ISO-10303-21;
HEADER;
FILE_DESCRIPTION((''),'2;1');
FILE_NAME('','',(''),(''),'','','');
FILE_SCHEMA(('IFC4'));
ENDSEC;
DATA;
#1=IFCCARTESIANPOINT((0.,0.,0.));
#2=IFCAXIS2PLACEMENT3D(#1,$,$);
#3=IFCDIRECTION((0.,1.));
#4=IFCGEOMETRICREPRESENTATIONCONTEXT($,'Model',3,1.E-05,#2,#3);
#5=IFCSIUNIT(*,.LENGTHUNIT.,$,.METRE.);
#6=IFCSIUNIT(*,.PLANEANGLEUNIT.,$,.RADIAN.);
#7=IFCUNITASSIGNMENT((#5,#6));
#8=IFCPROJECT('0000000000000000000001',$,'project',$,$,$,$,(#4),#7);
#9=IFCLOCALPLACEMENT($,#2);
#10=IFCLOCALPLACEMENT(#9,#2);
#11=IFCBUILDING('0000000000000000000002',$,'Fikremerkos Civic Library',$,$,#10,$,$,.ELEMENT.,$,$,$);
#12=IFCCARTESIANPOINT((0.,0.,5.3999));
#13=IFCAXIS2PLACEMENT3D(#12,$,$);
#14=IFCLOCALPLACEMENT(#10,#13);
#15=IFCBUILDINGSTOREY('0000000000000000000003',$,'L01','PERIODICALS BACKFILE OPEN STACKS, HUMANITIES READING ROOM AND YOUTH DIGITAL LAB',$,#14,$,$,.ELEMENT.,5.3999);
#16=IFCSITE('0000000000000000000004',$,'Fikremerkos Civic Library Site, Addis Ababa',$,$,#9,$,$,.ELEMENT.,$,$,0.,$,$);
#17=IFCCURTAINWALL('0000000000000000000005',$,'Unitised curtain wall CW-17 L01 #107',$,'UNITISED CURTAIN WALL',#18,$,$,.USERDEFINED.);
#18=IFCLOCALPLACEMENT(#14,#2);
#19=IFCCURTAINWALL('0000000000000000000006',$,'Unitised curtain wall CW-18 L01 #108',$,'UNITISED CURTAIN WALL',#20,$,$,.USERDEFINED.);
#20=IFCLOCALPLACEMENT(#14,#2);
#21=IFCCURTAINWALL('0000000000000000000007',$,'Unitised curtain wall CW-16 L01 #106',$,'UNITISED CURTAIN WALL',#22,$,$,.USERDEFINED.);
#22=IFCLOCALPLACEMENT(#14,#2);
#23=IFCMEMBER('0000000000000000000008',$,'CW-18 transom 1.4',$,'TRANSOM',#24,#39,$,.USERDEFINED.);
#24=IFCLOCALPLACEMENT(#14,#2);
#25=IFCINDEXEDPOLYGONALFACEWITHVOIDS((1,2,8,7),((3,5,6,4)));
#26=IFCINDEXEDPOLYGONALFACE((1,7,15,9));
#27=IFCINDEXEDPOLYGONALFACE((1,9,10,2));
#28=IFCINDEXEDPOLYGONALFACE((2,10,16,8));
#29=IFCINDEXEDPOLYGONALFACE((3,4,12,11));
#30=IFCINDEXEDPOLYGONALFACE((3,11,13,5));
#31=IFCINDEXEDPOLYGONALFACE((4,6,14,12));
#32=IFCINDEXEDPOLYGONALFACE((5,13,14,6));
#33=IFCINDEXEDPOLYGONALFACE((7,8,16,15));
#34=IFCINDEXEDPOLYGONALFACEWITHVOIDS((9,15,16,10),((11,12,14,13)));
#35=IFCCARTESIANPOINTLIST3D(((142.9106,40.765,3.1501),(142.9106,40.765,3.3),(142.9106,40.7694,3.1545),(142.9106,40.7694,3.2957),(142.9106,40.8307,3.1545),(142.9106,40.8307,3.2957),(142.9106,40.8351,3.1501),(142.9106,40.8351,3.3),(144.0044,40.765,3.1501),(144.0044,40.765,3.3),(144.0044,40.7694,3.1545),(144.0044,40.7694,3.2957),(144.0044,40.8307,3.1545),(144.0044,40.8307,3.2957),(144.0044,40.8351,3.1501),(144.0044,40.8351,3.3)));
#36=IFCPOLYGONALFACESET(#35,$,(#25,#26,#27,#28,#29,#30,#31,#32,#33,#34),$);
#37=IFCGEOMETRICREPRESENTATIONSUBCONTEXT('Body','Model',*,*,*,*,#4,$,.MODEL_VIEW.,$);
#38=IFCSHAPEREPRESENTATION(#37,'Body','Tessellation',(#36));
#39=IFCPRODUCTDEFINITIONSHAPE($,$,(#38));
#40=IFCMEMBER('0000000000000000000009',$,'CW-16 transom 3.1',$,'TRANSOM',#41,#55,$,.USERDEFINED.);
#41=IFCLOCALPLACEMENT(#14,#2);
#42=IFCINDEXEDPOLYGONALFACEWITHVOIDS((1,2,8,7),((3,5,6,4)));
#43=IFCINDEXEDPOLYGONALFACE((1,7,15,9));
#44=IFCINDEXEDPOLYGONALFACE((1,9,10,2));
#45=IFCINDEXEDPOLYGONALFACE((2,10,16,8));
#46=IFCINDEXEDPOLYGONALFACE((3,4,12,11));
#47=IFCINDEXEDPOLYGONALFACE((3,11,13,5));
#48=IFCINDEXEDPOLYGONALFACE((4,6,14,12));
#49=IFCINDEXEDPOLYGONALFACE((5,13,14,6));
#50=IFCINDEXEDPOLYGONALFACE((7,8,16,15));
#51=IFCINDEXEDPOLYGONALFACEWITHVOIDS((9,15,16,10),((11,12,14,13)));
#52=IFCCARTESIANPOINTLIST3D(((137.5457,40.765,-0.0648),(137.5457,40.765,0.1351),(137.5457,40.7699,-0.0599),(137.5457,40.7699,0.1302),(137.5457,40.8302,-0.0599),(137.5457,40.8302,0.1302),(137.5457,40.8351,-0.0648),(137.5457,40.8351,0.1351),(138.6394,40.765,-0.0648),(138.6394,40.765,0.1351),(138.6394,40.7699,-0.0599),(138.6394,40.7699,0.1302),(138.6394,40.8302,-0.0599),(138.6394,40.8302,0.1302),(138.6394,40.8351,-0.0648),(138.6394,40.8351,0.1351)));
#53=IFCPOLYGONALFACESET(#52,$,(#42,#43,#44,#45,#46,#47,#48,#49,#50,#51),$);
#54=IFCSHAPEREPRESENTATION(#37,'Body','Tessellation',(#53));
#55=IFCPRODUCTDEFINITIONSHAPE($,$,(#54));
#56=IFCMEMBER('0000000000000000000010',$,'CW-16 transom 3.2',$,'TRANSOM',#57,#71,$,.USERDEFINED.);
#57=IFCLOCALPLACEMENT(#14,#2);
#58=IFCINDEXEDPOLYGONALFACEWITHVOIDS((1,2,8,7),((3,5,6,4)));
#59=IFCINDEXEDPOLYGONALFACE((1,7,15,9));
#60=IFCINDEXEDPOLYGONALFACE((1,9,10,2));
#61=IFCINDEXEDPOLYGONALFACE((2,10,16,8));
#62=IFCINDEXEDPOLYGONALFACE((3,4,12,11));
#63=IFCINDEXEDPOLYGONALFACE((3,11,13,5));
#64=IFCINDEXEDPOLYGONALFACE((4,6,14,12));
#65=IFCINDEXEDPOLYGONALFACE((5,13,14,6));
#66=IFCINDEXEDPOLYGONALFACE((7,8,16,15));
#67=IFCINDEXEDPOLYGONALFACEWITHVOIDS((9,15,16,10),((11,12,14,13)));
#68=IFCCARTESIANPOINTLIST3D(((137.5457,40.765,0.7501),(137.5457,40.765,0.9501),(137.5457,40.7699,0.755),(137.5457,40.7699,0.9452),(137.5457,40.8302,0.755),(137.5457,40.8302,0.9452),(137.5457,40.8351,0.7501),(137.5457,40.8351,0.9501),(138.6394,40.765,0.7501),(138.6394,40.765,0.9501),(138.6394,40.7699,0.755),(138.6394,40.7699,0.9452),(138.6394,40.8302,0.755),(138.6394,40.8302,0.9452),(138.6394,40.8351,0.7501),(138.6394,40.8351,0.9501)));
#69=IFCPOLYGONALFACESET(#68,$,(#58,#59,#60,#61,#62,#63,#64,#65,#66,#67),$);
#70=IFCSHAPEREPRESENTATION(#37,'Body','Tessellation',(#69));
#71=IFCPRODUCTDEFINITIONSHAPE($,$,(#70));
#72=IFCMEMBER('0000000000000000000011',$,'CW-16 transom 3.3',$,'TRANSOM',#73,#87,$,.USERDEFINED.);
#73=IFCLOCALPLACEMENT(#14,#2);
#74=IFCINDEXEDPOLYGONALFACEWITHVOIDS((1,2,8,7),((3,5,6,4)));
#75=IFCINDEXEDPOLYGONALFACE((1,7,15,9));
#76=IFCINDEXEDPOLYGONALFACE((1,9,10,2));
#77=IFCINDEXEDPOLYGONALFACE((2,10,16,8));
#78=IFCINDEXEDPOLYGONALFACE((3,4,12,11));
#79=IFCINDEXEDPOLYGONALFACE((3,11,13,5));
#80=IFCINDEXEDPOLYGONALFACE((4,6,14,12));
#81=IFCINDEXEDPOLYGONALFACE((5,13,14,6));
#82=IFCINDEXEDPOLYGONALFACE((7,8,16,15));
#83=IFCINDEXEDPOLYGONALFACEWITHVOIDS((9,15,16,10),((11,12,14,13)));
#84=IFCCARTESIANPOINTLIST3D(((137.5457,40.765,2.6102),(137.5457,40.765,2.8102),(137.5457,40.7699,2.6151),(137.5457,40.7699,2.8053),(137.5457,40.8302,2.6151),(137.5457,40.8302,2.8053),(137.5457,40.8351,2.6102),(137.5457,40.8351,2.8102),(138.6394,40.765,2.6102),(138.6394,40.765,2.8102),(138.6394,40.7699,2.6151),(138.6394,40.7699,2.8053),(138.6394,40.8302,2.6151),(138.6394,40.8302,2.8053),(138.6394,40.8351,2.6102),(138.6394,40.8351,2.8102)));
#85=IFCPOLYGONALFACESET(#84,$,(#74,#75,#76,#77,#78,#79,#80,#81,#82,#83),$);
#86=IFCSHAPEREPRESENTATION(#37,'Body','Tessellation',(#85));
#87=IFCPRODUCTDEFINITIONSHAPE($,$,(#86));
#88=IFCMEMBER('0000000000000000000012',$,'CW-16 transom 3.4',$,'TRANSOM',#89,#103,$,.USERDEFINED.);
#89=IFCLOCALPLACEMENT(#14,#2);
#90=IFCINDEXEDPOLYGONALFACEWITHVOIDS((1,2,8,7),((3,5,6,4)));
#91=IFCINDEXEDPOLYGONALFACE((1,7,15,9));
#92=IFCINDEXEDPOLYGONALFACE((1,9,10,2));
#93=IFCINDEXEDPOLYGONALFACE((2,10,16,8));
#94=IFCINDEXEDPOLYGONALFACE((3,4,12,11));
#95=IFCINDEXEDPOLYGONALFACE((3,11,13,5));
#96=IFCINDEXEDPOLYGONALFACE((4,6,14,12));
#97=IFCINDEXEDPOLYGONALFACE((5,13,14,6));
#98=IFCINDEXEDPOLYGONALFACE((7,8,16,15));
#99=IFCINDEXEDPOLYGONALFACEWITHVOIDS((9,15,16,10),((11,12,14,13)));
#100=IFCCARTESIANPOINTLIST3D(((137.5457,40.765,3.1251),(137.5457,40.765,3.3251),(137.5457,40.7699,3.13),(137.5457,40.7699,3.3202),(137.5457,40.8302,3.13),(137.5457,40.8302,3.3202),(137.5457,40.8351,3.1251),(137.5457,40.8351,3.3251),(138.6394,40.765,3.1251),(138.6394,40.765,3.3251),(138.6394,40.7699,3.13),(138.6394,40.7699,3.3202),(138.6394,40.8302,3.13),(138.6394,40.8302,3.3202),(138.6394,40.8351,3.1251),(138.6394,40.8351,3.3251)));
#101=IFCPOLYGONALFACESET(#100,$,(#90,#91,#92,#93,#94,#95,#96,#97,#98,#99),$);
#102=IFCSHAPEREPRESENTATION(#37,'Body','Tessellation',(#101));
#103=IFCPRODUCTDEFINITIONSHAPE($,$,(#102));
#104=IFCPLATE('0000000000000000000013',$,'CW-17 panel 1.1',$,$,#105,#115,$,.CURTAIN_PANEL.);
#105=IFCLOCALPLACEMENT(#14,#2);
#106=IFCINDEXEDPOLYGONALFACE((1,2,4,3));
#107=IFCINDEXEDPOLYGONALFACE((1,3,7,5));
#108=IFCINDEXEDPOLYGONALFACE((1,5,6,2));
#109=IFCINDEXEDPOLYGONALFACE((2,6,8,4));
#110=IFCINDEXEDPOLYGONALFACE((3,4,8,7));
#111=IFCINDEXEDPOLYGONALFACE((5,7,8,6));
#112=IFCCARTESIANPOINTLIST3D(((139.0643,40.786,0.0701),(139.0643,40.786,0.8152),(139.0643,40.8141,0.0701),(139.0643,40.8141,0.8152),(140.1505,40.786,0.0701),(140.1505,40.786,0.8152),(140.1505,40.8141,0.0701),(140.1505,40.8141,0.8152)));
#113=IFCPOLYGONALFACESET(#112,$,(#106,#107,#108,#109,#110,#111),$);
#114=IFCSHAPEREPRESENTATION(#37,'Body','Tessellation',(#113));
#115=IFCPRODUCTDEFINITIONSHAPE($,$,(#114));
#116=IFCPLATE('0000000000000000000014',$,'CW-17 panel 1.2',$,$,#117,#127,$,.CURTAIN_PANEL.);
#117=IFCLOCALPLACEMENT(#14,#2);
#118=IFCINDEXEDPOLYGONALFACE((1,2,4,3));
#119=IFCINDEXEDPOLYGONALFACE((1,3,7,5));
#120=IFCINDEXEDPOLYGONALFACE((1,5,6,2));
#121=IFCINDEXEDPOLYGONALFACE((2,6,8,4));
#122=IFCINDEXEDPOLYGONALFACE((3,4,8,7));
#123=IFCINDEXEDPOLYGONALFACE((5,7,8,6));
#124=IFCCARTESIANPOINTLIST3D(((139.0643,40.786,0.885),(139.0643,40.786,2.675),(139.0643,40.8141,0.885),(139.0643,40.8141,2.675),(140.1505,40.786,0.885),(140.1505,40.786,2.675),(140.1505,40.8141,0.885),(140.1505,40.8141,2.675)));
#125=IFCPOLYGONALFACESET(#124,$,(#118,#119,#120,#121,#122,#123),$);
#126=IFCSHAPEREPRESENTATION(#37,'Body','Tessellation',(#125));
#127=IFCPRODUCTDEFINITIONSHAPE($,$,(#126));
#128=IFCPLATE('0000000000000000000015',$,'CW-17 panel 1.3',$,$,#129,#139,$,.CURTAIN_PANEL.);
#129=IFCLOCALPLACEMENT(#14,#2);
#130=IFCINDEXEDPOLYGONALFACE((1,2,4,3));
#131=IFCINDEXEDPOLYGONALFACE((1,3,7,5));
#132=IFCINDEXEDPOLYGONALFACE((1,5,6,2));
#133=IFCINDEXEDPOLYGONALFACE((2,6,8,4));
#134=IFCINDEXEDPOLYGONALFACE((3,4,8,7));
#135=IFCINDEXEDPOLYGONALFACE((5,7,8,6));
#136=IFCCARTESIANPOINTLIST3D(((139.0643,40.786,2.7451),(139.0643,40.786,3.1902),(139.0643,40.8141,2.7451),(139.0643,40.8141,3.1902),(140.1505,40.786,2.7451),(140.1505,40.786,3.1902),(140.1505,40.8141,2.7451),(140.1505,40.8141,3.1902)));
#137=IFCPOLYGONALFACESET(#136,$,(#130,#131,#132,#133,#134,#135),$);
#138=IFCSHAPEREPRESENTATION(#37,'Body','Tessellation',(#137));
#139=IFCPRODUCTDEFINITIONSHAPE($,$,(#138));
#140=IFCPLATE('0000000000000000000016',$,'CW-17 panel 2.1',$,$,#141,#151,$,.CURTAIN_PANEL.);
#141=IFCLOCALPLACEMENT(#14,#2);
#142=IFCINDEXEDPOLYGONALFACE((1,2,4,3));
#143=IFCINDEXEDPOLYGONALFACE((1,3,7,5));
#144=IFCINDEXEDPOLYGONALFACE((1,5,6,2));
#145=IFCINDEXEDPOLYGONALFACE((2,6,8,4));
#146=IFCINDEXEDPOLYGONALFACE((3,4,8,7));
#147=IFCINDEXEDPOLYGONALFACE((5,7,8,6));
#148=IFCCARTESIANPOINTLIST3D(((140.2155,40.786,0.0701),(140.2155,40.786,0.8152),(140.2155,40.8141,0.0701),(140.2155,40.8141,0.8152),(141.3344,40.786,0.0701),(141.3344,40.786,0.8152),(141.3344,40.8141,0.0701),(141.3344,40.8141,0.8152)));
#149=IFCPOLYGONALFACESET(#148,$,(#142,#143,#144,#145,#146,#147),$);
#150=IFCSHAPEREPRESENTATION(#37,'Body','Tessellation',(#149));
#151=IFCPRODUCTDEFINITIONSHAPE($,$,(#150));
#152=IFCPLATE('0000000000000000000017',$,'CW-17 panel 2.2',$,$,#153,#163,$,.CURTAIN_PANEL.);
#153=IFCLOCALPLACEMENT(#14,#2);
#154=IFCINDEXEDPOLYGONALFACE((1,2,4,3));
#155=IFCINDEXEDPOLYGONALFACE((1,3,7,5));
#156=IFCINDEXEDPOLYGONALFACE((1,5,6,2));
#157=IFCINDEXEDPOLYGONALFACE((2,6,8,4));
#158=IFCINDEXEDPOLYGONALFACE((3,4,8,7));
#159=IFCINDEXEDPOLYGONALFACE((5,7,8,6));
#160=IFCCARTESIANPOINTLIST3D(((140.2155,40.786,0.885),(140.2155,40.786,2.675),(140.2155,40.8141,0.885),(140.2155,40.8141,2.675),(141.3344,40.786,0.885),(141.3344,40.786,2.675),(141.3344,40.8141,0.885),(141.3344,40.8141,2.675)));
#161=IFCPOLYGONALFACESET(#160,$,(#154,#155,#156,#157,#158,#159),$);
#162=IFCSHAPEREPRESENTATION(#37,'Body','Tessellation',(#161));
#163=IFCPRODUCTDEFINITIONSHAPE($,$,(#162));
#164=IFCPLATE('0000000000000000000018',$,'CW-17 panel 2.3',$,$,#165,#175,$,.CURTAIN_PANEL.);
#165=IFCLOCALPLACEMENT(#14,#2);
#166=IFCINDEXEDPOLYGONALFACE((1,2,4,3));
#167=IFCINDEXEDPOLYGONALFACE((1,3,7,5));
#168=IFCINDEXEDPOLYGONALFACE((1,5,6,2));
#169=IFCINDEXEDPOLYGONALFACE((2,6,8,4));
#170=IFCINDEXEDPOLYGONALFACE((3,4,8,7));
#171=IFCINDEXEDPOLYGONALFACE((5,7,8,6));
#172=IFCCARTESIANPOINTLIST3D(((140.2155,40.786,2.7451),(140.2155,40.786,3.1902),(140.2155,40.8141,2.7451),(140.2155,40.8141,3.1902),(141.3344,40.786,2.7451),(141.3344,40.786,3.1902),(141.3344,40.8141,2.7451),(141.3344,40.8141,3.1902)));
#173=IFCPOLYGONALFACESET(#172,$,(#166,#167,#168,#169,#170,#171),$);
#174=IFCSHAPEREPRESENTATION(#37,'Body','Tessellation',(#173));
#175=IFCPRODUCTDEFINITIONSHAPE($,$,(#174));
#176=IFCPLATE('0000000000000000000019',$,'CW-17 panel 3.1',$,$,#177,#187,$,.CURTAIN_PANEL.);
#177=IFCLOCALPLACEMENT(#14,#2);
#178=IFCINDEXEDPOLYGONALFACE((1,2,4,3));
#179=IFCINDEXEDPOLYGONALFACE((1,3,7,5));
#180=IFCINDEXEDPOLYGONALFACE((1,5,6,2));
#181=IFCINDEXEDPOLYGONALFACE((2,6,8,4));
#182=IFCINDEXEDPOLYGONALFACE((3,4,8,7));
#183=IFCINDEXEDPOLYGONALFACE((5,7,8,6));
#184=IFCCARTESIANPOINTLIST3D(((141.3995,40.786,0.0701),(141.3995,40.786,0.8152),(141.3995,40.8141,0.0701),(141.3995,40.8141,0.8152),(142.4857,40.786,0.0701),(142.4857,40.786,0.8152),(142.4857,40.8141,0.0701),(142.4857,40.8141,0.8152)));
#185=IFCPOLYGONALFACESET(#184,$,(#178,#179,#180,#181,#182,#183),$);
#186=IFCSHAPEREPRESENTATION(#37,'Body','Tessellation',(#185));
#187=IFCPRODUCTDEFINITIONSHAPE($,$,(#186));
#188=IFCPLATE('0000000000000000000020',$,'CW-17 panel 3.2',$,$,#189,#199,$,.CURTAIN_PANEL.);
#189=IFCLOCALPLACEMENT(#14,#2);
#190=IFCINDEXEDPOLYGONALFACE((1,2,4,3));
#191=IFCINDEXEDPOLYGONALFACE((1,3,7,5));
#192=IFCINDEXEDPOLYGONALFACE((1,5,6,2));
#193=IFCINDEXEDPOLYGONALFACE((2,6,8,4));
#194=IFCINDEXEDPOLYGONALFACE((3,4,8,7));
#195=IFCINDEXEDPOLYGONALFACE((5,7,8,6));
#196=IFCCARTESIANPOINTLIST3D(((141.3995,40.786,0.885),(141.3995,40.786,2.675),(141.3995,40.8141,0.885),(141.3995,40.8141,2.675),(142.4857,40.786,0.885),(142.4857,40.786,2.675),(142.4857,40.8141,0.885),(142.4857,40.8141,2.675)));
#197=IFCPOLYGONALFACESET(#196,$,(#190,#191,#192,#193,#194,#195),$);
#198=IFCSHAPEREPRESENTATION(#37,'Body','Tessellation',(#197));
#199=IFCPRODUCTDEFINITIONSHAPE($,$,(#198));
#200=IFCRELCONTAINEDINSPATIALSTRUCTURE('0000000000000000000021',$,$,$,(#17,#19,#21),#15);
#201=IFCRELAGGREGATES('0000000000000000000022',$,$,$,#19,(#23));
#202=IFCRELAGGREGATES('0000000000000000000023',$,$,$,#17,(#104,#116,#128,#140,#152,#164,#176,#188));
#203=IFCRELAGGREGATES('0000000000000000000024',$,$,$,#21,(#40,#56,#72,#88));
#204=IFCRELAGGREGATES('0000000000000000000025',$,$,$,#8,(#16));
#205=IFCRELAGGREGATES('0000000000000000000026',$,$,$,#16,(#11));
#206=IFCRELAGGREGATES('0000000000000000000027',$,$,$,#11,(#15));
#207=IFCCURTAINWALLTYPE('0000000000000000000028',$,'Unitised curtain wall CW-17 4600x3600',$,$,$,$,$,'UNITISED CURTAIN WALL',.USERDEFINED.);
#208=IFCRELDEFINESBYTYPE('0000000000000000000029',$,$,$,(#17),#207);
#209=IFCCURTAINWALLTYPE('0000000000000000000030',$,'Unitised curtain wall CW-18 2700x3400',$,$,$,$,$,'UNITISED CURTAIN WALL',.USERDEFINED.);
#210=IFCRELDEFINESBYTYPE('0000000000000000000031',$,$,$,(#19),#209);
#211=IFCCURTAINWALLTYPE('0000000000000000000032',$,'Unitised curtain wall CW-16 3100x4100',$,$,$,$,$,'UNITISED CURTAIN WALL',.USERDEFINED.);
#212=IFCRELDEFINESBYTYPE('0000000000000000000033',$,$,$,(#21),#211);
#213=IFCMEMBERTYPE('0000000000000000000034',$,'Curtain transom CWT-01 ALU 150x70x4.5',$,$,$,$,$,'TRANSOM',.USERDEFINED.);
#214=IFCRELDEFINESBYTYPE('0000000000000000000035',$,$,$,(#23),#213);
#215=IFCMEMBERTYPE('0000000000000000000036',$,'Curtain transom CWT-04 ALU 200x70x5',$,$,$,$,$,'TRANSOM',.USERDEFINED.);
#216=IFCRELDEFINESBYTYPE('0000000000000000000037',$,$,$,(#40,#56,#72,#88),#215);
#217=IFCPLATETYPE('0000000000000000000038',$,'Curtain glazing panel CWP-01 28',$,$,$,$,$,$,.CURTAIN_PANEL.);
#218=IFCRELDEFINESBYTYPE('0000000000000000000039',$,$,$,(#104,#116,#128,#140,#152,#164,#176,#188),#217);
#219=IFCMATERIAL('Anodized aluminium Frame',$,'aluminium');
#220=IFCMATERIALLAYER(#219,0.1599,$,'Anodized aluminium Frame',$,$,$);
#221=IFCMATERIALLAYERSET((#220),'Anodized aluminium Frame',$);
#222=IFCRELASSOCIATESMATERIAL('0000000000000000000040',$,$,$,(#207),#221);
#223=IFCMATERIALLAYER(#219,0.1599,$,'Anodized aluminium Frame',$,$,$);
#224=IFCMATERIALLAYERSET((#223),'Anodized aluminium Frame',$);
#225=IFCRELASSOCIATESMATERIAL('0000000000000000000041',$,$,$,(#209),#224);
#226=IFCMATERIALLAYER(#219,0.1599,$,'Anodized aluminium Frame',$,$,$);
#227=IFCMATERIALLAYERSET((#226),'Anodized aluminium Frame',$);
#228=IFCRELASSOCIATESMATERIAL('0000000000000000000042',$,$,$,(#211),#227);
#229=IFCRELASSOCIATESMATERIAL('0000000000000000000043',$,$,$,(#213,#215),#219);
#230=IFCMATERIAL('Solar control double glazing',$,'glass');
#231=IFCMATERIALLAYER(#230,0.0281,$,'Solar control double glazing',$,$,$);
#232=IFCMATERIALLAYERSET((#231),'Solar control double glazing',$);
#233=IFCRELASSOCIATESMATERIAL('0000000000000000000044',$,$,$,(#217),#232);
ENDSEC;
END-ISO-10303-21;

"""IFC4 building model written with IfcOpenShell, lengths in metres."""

from ifc_helpers import new_model, si_unit, direction, frame, origin, origin_2d, place, context, subcontext, project, spatial, rectangle, hollow_rectangle, extrude, material, layer, layer_set, material_profile, profile_set, type_object, element, aggregate, save


model = new_model("IFC4")

# Units and contexts
model_context = context("Model", 3, precision=1e-05, world=origin(), true_north=direction((0.0, 1.0)))
body_context = subcontext(model_context, "Body", "Model", "MODEL_VIEW")
ifc_project = project(units=[si_unit("LENGTHUNIT", "METRE"), si_unit("PLANEANGLEUNIT", "RADIAN")], contexts=[model_context])

# Site, building, storey
site_placement = place(None, origin())
site = spatial("IfcSite", under=ifc_project, at=site_placement, Name="Fikremerkos Civic Library Site, Addis Ababa", CompositionType="ELEMENT", RefElevation=0.0)
building_placement = place(site_placement, origin())
building = spatial("IfcBuilding", under=site, at=building_placement, Name="Fikremerkos Civic Library", CompositionType="ELEMENT")
storey_placement = place(building_placement, frame((0.0, 0.0, 5.3999)))
storey = spatial("IfcBuildingStorey", under=building, at=storey_placement, Name="L01", Description="PERIODICALS BACKFILE OPEN STACKS, HUMANITIES READING ROOM AND YOUTH DIGITAL LAB", CompositionType="ELEMENT", Elevation=5.3999)

# Curtain wall
ifc_material_1 = material(Name="Anodized aluminium Frame", Category="aluminium")
ifc_layer_1 = layer(ifc_material_1, 0.1599, Name="Anodized aluminium Frame")
ifc_layer_set_1 = layer_set([ifc_layer_1], Name="Anodized aluminium Frame")
curtain_wall_type_1 = type_object("IfcCurtainWallType", Name="Unitised curtain wall CW-17 4600x3600", ElementType="UNITISED CURTAIN WALL", PredefinedType="USERDEFINED", material=ifc_layer_set_1)
curtain_wall_1_placement = place(storey_placement, origin())
curtain_wall_1 = element("IfcCurtainWall", 1, at=curtain_wall_1_placement, inside=storey, type_object=curtain_wall_type_1, Name="Unitised curtain wall CW-17 L01 #107", ObjectType="UNITISED CURTAIN WALL", PredefinedType="USERDEFINED")

# Curtain walls
ifc_layer_2 = layer(ifc_material_1, 0.1599, Name="Anodized aluminium Frame")
ifc_layer_set_2 = layer_set([ifc_layer_2], Name="Anodized aluminium Frame")
curtain_wall_type_2 = type_object("IfcCurtainWallType", Name="Unitised curtain wall CW-18 2700x3400", ElementType="UNITISED CURTAIN WALL", PredefinedType="USERDEFINED", material=ifc_layer_set_2)
curtain_wall_2_placement = place(storey_placement, origin())
curtain_wall_2 = element("IfcCurtainWall", 2, at=curtain_wall_2_placement, inside=storey, type_object=curtain_wall_type_2, Name="Unitised curtain wall CW-18 L01 #108", ObjectType="UNITISED CURTAIN WALL", PredefinedType="USERDEFINED")
ifc_layer_3 = layer(ifc_material_1, 0.1599, Name="Anodized aluminium Frame")
ifc_layer_set_3 = layer_set([ifc_layer_3], Name="Anodized aluminium Frame")
curtain_wall_type_3 = type_object("IfcCurtainWallType", Name="Unitised curtain wall CW-16 3100x4100", ElementType="UNITISED CURTAIN WALL", PredefinedType="USERDEFINED", material=ifc_layer_set_3)
curtain_wall_3_placement = place(storey_placement, origin())
curtain_wall_3 = element("IfcCurtainWall", 3, at=curtain_wall_3_placement, inside=storey, type_object=curtain_wall_type_3, Name="Unitised curtain wall CW-16 L01 #106", ObjectType="UNITISED CURTAIN WALL", PredefinedType="USERDEFINED")

# Members
ifc_material_profile_1 = material_profile(ifc_material_1, hollow_rectangle(XDim=0.0701, YDim=0.1499, WallThickness=0.0044, at=origin_2d()), Name="ALU 150x70x4.5")
ifc_profile_set_1 = profile_set([ifc_material_profile_1], Name="Anodized aluminium Frame")
member_type_1 = type_object("IfcMemberType", Name="Curtain transom CWT-01 ALU 150x70x4.5", ElementType="TRANSOM", PredefinedType="USERDEFINED", material=ifc_profile_set_1)
member_1_placement = place(storey_placement, frame((142.9106, 40.8, 3.2251), z_axis=(1.0, 0.0, 0.0), x_axis=(0.0, 1.0, 0.0)))
member_1 = element("IfcMember", 4, at=member_1_placement, type_object=member_type_1, Name="CW-18 transom 1.4", ObjectType="TRANSOM", PredefinedType="USERDEFINED", context=body_context, shape_type="SweptSolid", body=[
    extrude(hollow_rectangle(XDim=0.0701, YDim=0.1499, WallThickness=0.0044, at=origin_2d()), origin(), (0.0, 0.0, 1.0), 1.0938),
])
aggregate(curtain_wall_2, [member_1])
ifc_material_profile_2 = material_profile(ifc_material_1, hollow_rectangle(XDim=0.0701, YDim=0.2, WallThickness=0.0049, at=origin_2d()), Name="ALU 200x70x5")
ifc_profile_set_2 = profile_set([ifc_material_profile_2], Name="Anodized aluminium Frame")
member_type_2 = type_object("IfcMemberType", Name="Curtain transom CWT-04 ALU 200x70x5", ElementType="TRANSOM", PredefinedType="USERDEFINED", material=ifc_profile_set_2)
member_2_placement = place(storey_placement, frame((137.5457, 40.8, 0.0352), z_axis=(1.0, 0.0, 0.0), x_axis=(0.0, 1.0, 0.0)))
member_2 = element("IfcMember", 5, at=member_2_placement, type_object=member_type_2, Name="CW-16 transom 3.1", ObjectType="TRANSOM", PredefinedType="USERDEFINED", context=body_context, shape_type="SweptSolid", body=[
    extrude(hollow_rectangle(XDim=0.0701, YDim=0.2, WallThickness=0.0049, at=origin_2d()), origin(), (0.0, 0.0, 1.0), 1.0938),
])
member_3_placement = place(storey_placement, frame((137.5457, 40.8, 0.8501), z_axis=(1.0, 0.0, 0.0), x_axis=(0.0, 1.0, 0.0)))
member_3 = element("IfcMember", 6, at=member_3_placement, type_object=member_type_2, Name="CW-16 transom 3.2", ObjectType="TRANSOM", PredefinedType="USERDEFINED", context=body_context, shape_type="SweptSolid", body=[
    extrude(hollow_rectangle(XDim=0.0701, YDim=0.2, WallThickness=0.0049, at=origin_2d()), origin(), (0.0, 0.0, 1.0), 1.0938),
])
member_4_placement = place(storey_placement, frame((137.5457, 40.8, 2.7102), z_axis=(1.0, 0.0, 0.0), x_axis=(0.0, 1.0, 0.0)))
member_4 = element("IfcMember", 7, at=member_4_placement, type_object=member_type_2, Name="CW-16 transom 3.3", ObjectType="TRANSOM", PredefinedType="USERDEFINED", context=body_context, shape_type="SweptSolid", body=[
    extrude(hollow_rectangle(XDim=0.0701, YDim=0.2, WallThickness=0.0049, at=origin_2d()), origin(), (0.0, 0.0, 1.0), 1.0938),
])
member_5_placement = place(storey_placement, frame((137.5457, 40.8, 3.2251), z_axis=(1.0, 0.0, 0.0), x_axis=(0.0, 1.0, 0.0)))
member_5 = element("IfcMember", 8, at=member_5_placement, type_object=member_type_2, Name="CW-16 transom 3.4", ObjectType="TRANSOM", PredefinedType="USERDEFINED", context=body_context, shape_type="SweptSolid", body=[
    extrude(hollow_rectangle(XDim=0.0701, YDim=0.2, WallThickness=0.0049, at=origin_2d()), origin(), (0.0, 0.0, 1.0), 1.0938),
])

# Plates
ifc_material_2 = material(Name="Solar control double glazing", Category="glass")
ifc_layer_4 = layer(ifc_material_2, 0.0281, Name="Solar control double glazing")
ifc_layer_set_4 = layer_set([ifc_layer_4], Name="Solar control double glazing")
plate_type_1 = type_object("IfcPlateType", Name="Curtain glazing panel CWP-01 28", PredefinedType="CURTAIN_PANEL", material=ifc_layer_set_4)
plate_1_placement = place(storey_placement, frame((139.6074, 40.8, 0.0701), z_axis=(0.0, 0.0, 1.0), x_axis=(1.0, 0.0, 0.0)))
plate_1 = element("IfcPlate", 9, at=plate_1_placement, type_object=plate_type_1, Name="CW-17 panel 1.1", PredefinedType="CURTAIN_PANEL", context=body_context, shape_type="SweptSolid", body=[
    extrude(rectangle(XDim=1.0862, YDim=0.0281, at=origin_2d()), origin(), (0.0, 0.0, 1.0), 0.7451),
])
plate_2_placement = place(storey_placement, frame((139.6074, 40.8, 0.885), z_axis=(0.0, 0.0, 1.0), x_axis=(1.0, 0.0, 0.0)))
plate_2 = element("IfcPlate", 10, at=plate_2_placement, type_object=plate_type_1, Name="CW-17 panel 1.2", PredefinedType="CURTAIN_PANEL", context=body_context, shape_type="SweptSolid", body=[
    extrude(rectangle(XDim=1.0862, YDim=0.0281, at=origin_2d()), origin(), (0.0, 0.0, 1.0), 1.79),
])
plate_3_placement = place(storey_placement, frame((139.6074, 40.8, 2.7451), z_axis=(0.0, 0.0, 1.0), x_axis=(1.0, 0.0, 0.0)))
plate_3 = element("IfcPlate", 11, at=plate_3_placement, type_object=plate_type_1, Name="CW-17 panel 1.3", PredefinedType="CURTAIN_PANEL", context=body_context, shape_type="SweptSolid", body=[
    extrude(rectangle(XDim=1.0862, YDim=0.0281, at=origin_2d()), origin(), (0.0, 0.0, 1.0), 0.4451),
])
plate_4_placement = place(storey_placement, frame((140.7749, 40.8, 0.0701), z_axis=(0.0, 0.0, 1.0), x_axis=(1.0, 0.0, 0.0)))
plate_4 = element("IfcPlate", 12, at=plate_4_placement, type_object=plate_type_1, Name="CW-17 panel 2.1", PredefinedType="CURTAIN_PANEL", context=body_context, shape_type="SweptSolid", body=[
    extrude(rectangle(XDim=1.1189, YDim=0.0281, at=origin_2d()), origin(), (0.0, 0.0, 1.0), 0.7451),
])
plate_5_placement = place(storey_placement, frame((140.7749, 40.8, 0.885), z_axis=(0.0, 0.0, 1.0), x_axis=(1.0, 0.0, 0.0)))
plate_5 = element("IfcPlate", 13, at=plate_5_placement, type_object=plate_type_1, Name="CW-17 panel 2.2", PredefinedType="CURTAIN_PANEL", context=body_context, shape_type="SweptSolid", body=[
    extrude(rectangle(XDim=1.1189, YDim=0.0281, at=origin_2d()), origin(), (0.0, 0.0, 1.0), 1.79),
])
plate_6_placement = place(storey_placement, frame((140.7749, 40.8, 2.7451), z_axis=(0.0, 0.0, 1.0), x_axis=(1.0, 0.0, 0.0)))
plate_6 = element("IfcPlate", 14, at=plate_6_placement, type_object=plate_type_1, Name="CW-17 panel 2.3", PredefinedType="CURTAIN_PANEL", context=body_context, shape_type="SweptSolid", body=[
    extrude(rectangle(XDim=1.1189, YDim=0.0281, at=origin_2d()), origin(), (0.0, 0.0, 1.0), 0.4451),
])
plate_7_placement = place(storey_placement, frame((141.9426, 40.8, 0.0701), z_axis=(0.0, 0.0, 1.0), x_axis=(1.0, 0.0, 0.0)))
plate_7 = element("IfcPlate", 15, at=plate_7_placement, type_object=plate_type_1, Name="CW-17 panel 3.1", PredefinedType="CURTAIN_PANEL", context=body_context, shape_type="SweptSolid", body=[
    extrude(rectangle(XDim=1.0862, YDim=0.0281, at=origin_2d()), origin(), (0.0, 0.0, 1.0), 0.7451),
])
plate_8_placement = place(storey_placement, frame((141.9426, 40.8, 0.885), z_axis=(0.0, 0.0, 1.0), x_axis=(1.0, 0.0, 0.0)))
plate_8 = element("IfcPlate", 16, at=plate_8_placement, type_object=plate_type_1, Name="CW-17 panel 3.2", PredefinedType="CURTAIN_PANEL", context=body_context, shape_type="SweptSolid", body=[
    extrude(rectangle(XDim=1.0862, YDim=0.0281, at=origin_2d()), origin(), (0.0, 0.0, 1.0), 1.79),
])
aggregate(curtain_wall_1, [plate_1, plate_2, plate_3, plate_4, plate_5, plate_6, plate_7, plate_8])
aggregate(curtain_wall_3, [member_2, member_3, member_4, member_5])

save(model, "model.ifc")
